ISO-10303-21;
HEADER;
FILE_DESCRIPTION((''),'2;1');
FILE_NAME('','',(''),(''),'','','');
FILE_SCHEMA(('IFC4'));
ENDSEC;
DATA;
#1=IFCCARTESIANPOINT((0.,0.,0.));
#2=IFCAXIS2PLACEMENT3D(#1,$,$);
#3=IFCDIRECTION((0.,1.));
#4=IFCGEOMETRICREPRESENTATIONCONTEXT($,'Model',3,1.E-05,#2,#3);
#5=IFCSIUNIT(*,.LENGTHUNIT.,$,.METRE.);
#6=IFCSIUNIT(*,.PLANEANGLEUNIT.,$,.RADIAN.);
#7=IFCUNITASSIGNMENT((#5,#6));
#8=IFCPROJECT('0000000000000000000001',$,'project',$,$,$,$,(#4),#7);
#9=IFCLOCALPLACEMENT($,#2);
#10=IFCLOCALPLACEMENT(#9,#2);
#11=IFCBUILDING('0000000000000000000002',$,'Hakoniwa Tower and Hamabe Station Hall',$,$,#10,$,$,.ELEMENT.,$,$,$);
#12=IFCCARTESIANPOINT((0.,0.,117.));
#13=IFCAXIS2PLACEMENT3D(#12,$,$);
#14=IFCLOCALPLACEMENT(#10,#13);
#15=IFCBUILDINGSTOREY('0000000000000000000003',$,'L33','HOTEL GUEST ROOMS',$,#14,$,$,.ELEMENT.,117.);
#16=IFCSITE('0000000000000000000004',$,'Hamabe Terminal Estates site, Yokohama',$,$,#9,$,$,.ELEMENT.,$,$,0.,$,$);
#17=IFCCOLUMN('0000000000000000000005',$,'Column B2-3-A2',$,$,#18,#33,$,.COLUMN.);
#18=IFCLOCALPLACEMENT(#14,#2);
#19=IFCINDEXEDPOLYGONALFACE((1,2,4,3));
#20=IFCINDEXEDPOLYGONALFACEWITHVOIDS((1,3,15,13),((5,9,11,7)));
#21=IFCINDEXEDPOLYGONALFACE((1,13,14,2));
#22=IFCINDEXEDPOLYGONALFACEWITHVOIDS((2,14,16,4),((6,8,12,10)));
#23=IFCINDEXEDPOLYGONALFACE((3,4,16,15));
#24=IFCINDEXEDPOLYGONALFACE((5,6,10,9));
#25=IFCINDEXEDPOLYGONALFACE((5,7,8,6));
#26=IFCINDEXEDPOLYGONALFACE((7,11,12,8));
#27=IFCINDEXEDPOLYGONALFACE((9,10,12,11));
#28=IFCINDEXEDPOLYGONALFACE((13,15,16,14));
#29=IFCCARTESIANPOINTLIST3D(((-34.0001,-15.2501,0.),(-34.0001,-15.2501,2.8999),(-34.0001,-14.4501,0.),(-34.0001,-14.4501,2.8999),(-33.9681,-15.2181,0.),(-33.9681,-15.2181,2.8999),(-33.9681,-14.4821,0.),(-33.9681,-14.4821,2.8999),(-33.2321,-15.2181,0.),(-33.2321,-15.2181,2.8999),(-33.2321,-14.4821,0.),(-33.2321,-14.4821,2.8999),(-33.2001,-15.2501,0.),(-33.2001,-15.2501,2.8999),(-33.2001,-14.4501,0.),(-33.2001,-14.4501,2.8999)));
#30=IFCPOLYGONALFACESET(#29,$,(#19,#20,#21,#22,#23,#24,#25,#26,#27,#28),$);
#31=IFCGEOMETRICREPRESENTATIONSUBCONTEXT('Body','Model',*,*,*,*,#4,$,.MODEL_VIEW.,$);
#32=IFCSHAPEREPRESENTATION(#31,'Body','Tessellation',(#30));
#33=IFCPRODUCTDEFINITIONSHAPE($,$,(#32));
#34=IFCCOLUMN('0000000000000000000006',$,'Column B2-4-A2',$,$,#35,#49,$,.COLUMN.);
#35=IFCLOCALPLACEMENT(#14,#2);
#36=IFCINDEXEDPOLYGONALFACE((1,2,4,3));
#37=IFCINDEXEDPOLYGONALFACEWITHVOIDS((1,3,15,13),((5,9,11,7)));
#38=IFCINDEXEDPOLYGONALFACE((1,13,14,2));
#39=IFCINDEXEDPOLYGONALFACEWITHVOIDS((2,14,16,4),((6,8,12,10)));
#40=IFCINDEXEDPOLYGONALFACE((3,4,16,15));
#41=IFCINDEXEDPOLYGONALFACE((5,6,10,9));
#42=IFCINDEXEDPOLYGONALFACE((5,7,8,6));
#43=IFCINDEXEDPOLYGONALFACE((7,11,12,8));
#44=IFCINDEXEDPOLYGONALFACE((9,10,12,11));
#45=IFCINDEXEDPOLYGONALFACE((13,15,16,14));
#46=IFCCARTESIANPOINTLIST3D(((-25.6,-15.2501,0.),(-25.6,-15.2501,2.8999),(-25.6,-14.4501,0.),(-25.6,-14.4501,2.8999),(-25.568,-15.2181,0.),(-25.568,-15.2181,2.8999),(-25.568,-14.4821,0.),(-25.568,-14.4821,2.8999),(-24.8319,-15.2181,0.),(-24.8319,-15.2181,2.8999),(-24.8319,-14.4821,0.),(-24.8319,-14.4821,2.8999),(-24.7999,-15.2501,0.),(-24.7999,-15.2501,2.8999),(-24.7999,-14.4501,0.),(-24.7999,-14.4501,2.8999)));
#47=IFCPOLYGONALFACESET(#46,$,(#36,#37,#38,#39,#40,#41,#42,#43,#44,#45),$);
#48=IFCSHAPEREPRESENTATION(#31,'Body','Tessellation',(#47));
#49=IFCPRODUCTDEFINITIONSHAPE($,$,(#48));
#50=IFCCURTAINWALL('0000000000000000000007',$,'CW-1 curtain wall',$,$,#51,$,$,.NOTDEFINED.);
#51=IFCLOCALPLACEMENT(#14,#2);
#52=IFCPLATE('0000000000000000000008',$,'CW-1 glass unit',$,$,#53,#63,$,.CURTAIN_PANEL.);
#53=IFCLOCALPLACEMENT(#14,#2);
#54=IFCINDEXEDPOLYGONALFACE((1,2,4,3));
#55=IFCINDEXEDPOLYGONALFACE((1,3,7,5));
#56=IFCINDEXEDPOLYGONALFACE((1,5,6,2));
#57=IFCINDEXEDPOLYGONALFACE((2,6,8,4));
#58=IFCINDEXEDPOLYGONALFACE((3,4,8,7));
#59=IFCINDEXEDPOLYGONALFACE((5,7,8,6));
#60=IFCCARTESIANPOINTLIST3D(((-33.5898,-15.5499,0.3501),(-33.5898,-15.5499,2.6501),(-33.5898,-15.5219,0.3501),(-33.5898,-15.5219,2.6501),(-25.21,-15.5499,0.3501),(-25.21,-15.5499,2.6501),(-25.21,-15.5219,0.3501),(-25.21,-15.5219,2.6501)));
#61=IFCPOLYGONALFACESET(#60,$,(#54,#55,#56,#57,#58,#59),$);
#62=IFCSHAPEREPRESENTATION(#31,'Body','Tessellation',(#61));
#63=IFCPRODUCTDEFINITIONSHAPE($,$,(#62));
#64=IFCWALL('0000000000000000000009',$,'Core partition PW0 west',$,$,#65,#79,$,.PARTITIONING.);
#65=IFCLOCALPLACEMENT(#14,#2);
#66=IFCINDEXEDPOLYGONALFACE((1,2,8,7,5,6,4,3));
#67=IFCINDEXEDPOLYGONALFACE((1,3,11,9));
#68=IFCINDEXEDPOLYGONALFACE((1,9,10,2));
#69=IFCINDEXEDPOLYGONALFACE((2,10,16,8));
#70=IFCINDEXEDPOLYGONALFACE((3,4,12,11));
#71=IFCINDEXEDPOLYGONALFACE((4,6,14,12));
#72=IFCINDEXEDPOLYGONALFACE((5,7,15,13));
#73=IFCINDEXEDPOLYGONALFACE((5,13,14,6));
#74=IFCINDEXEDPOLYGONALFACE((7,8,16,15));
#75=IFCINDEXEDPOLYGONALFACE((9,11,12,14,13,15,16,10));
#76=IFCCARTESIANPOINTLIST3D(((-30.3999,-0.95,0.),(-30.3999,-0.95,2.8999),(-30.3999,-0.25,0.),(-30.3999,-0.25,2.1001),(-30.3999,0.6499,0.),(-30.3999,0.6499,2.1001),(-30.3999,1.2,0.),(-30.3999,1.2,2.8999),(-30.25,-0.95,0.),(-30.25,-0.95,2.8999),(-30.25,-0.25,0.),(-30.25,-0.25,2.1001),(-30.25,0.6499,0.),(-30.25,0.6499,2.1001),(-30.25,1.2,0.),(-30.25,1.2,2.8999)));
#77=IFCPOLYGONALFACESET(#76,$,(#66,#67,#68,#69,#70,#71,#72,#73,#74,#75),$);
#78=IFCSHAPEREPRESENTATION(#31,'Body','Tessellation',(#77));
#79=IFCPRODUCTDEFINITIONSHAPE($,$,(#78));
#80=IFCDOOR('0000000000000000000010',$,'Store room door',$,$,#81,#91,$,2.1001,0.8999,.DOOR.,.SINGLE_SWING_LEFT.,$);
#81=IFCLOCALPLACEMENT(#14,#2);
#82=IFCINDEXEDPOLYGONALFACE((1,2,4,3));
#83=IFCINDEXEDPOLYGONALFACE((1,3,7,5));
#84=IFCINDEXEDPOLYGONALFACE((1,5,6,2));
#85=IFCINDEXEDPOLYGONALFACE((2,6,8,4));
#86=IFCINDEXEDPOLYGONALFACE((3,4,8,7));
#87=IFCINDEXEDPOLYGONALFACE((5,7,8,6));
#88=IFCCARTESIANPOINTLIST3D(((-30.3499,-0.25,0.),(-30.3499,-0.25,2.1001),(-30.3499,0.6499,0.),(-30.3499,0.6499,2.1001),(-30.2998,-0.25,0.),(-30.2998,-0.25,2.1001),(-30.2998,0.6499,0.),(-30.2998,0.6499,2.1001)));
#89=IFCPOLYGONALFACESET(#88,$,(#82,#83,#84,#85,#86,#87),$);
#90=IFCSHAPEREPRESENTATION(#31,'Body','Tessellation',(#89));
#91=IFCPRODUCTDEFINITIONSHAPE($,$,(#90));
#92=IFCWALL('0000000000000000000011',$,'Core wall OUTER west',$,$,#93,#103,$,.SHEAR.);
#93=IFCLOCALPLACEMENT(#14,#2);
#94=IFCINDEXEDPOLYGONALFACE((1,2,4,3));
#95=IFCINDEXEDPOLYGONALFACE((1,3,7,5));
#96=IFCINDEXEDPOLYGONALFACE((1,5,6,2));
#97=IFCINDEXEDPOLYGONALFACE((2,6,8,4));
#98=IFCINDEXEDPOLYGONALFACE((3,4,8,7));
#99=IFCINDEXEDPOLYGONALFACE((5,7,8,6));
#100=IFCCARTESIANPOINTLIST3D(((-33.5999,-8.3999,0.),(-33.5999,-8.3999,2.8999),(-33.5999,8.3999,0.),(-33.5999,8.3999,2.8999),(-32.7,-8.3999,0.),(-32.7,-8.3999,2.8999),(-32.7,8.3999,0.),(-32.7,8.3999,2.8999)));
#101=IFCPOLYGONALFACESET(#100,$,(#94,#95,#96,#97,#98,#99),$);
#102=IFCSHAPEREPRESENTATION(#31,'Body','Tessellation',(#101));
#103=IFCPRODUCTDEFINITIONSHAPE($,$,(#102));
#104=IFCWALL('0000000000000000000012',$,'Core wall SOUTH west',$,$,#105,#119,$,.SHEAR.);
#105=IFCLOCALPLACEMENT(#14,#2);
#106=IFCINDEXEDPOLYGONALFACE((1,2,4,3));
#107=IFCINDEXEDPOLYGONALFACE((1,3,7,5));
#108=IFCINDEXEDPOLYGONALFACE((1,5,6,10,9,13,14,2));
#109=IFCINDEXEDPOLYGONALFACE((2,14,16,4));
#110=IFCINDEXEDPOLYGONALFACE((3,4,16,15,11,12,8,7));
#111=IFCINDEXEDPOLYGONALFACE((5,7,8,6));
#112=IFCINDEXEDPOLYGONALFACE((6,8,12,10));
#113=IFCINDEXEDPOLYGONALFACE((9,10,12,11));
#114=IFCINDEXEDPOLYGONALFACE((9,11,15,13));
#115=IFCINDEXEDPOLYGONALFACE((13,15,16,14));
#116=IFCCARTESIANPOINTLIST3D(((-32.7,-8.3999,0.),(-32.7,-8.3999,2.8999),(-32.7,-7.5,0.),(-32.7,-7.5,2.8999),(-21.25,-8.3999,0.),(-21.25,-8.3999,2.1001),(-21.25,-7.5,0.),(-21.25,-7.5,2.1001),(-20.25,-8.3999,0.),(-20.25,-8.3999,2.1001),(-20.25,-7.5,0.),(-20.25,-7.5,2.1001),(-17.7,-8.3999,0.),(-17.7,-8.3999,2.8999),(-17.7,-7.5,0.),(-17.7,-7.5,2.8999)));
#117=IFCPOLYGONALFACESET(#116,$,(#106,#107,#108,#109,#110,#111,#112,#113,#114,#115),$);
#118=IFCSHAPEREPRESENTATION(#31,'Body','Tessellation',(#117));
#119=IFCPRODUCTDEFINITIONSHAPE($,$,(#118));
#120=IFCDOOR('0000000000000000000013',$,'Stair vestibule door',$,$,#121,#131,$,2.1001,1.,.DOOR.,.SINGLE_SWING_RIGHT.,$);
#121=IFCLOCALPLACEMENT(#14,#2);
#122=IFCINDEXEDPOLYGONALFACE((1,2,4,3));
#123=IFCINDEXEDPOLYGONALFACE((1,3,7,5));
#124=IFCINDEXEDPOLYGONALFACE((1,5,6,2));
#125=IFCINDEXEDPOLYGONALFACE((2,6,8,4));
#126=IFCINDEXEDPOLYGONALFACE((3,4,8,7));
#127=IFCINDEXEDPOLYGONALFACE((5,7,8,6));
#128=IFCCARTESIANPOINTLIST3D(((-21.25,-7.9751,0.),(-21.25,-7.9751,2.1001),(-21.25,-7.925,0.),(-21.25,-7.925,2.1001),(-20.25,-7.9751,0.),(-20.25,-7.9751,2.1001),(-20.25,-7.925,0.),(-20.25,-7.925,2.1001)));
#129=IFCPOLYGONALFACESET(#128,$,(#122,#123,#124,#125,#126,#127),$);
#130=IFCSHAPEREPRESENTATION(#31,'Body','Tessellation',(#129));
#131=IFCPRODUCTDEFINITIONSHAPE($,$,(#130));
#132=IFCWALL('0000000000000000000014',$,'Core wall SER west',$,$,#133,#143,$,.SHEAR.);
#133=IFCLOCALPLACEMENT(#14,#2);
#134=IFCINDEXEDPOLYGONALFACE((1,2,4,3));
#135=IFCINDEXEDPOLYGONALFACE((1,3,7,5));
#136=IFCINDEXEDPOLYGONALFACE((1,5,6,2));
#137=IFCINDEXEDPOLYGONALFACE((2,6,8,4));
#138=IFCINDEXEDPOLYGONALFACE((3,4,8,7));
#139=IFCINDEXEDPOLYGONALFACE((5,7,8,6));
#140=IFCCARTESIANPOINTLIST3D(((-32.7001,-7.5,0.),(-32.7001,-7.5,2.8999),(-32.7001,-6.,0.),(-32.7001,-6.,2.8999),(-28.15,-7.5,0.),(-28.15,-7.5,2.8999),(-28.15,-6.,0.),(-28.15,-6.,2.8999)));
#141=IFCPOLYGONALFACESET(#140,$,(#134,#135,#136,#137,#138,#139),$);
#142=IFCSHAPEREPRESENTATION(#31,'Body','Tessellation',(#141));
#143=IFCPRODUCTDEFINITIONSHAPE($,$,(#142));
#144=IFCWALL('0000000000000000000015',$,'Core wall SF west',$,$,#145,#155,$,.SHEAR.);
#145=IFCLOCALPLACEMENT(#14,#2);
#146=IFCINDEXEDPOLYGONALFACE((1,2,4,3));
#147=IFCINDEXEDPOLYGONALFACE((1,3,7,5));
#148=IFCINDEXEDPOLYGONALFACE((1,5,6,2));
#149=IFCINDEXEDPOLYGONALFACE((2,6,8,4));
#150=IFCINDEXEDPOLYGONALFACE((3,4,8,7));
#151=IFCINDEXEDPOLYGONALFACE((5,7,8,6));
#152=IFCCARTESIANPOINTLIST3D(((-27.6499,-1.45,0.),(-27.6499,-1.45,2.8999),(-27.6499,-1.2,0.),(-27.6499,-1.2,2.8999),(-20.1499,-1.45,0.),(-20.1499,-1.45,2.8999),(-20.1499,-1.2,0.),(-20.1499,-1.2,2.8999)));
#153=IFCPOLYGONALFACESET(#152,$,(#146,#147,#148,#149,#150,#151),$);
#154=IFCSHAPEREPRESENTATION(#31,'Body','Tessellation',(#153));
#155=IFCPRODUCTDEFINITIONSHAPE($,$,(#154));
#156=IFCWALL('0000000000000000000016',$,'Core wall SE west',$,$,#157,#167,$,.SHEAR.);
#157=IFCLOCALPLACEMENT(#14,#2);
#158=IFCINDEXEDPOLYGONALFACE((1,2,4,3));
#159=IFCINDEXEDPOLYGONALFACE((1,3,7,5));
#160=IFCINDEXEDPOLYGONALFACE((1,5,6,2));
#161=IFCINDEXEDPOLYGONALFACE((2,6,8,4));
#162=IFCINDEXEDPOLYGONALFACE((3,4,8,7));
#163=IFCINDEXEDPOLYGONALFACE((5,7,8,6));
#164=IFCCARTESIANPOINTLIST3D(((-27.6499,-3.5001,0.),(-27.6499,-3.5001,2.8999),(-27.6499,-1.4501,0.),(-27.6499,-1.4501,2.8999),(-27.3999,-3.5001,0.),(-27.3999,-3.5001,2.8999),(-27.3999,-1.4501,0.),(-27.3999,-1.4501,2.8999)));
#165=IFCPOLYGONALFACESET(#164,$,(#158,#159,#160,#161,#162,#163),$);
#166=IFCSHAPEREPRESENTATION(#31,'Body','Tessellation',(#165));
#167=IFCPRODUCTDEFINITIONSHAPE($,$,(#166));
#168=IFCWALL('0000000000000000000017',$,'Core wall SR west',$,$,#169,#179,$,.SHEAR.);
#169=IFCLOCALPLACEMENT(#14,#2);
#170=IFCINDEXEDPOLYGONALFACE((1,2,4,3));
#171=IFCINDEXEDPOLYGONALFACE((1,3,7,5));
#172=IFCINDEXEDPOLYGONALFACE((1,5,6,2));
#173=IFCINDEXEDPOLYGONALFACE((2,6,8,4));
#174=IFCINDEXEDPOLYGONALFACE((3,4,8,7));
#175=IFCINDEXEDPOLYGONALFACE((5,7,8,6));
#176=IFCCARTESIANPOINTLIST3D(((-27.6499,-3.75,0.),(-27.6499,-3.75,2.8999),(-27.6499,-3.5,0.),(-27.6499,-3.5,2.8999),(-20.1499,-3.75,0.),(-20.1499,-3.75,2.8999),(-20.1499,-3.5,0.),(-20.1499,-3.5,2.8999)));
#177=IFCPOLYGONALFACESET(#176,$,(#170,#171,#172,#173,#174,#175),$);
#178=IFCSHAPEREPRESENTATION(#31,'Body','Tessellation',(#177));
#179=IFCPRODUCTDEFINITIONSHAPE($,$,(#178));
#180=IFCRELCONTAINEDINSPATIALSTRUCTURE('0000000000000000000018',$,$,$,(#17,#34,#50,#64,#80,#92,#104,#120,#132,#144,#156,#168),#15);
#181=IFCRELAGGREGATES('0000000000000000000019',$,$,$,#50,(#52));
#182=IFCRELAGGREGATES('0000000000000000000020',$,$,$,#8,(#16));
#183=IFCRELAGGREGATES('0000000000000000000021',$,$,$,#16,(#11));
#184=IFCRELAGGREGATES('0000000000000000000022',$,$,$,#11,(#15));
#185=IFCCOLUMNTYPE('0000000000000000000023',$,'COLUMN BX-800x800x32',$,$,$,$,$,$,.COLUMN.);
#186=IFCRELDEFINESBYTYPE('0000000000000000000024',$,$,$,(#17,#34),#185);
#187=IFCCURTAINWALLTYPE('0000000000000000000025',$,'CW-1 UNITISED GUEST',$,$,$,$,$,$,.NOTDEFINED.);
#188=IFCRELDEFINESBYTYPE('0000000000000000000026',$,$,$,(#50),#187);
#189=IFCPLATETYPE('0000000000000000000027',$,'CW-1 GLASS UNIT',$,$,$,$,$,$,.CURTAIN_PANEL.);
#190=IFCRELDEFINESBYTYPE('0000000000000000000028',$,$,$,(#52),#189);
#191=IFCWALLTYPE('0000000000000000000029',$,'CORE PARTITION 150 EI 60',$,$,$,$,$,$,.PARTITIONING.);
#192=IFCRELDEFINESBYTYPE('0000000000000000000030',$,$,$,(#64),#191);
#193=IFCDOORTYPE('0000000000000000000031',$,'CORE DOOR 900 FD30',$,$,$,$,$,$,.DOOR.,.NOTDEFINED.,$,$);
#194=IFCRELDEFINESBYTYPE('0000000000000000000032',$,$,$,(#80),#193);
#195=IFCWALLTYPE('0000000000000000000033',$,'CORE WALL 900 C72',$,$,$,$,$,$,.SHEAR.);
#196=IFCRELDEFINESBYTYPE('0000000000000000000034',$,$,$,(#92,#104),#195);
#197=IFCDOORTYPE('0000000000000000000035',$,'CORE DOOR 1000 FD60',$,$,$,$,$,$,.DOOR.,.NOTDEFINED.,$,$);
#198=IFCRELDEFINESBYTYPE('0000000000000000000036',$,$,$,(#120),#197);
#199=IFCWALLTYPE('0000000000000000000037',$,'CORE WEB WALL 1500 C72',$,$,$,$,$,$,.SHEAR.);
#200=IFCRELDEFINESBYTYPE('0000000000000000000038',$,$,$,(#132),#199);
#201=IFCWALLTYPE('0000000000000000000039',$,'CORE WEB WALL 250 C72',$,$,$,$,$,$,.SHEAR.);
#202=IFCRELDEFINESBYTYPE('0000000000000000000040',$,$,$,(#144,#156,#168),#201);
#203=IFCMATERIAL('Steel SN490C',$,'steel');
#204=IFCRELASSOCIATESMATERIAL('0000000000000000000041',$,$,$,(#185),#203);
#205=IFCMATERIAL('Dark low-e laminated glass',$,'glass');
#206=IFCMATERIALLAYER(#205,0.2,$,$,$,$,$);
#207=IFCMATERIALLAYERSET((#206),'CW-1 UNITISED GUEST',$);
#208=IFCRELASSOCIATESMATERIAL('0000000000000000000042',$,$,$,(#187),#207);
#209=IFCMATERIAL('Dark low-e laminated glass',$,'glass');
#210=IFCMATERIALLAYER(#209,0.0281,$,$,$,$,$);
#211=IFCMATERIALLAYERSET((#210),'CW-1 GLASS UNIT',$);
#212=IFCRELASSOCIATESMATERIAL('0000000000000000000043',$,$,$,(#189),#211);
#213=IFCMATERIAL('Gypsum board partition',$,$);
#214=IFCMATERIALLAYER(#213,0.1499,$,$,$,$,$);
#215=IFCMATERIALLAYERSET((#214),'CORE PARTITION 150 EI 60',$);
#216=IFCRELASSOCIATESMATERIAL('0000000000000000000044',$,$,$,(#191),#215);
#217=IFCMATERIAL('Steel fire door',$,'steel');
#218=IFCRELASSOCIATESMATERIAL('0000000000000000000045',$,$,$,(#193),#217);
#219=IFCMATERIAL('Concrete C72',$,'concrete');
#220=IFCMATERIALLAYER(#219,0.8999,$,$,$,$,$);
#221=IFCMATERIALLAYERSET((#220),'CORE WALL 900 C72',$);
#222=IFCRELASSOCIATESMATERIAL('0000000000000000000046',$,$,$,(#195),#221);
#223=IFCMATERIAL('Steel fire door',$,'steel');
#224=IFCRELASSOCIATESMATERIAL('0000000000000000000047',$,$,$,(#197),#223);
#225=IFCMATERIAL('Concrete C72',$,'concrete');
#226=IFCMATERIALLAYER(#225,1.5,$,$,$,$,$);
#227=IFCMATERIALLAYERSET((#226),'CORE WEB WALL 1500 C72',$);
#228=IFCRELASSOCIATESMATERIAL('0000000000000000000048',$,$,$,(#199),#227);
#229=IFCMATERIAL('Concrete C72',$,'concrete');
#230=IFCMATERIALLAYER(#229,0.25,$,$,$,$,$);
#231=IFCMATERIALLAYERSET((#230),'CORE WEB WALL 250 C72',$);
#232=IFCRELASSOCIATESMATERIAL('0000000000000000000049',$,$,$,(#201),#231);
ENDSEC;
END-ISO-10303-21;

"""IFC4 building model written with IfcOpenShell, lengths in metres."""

from ifc_helpers import new_model, si_unit, direction, frame, frame_2d, origin, origin_2d, place, context, subcontext, project, spatial, rectangle, hollow_rectangle, extrude, material, layer, layer_set, material_profile, profile_set, type_object, element, fill, aggregate, save


model = new_model("IFC4")

# Units and contexts
model_context = context("Model", 3, precision=1e-05, world=origin(), true_north=direction((0.0, 1.0)))
body_context = subcontext(model_context, "Body", "Model", "MODEL_VIEW")
ifc_project = project(units=[si_unit("LENGTHUNIT", "METRE"), si_unit("PLANEANGLEUNIT", "RADIAN")], contexts=[model_context])

# Site, building, storey
site_placement = place(None, origin())
site = spatial("IfcSite", under=ifc_project, at=site_placement, Name="Hamabe Terminal Estates site, Yokohama", CompositionType="ELEMENT", RefElevation=0.0)
building_placement = place(site_placement, origin())
building = spatial("IfcBuilding", under=site, at=building_placement, Name="Hakoniwa Tower and Hamabe Station Hall", CompositionType="ELEMENT")
storey_placement = place(building_placement, frame((0.0, 0.0, 117.0)))
storey = spatial("IfcBuildingStorey", under=building, at=storey_placement, Name="L33", Description="HOTEL GUEST ROOMS", CompositionType="ELEMENT", Elevation=117.0)

# Columns
ifc_material_1 = material(Name="Steel SN490C", Category="steel")
ifc_material_profile = material_profile(ifc_material_1, hollow_rectangle(XDim=0.8, YDim=0.8, WallThickness=0.032, at=origin_2d()), Name="BX-800x800x32")
ifc_profile_set = profile_set([ifc_material_profile], Name="Steel SN490C")
column_type = type_object("IfcColumnType", Name="COLUMN BX-800x800x32", PredefinedType="COLUMN", material=ifc_profile_set)
for number, where, z_axis, x_axis, name in (
    (1, (-33.6001, -14.8501, 0.0), (0.0, 0.0, 1.0), (1.0, 0.0, 0.0), "Column B2-3-A2"),
    (2, (-25.2, -14.8501, 0.0), (0.0, 0.0, 1.0), (1.0, 0.0, 0.0), "Column B2-4-A2"),
):
    element("IfcColumn", number, at=place(storey_placement, frame(where, z_axis=z_axis, x_axis=x_axis)), inside=storey, type_object=column_type, Name=name, PredefinedType="COLUMN", context=body_context, shape_type="SweptSolid", body=[
        extrude(hollow_rectangle(XDim=0.8, YDim=0.8, WallThickness=0.032, at=origin_2d()), origin(), (0.0, 0.0, 1.0), 2.8999),
    ])

# Curtain wall, plate
ifc_material_2 = material(Name="Dark low-e laminated glass", Category="glass")
ifc_layer_1 = layer(ifc_material_2, 0.2)
ifc_layer_set_1 = layer_set([ifc_layer_1], Name="CW-1 UNITISED GUEST")
curtain_wall_type = type_object("IfcCurtainWallType", Name="CW-1 UNITISED GUEST", PredefinedType="NOTDEFINED", material=ifc_layer_set_1)
curtain_wall_placement = place(storey_placement, origin())
curtain_wall = element("IfcCurtainWall", 3, at=curtain_wall_placement, inside=storey, type_object=curtain_wall_type, Name="CW-1 curtain wall", PredefinedType="NOTDEFINED")
ifc_material_3 = material(Name="Dark low-e laminated glass", Category="glass")
ifc_layer_2 = layer(ifc_material_3, 0.0281)
ifc_layer_set_2 = layer_set([ifc_layer_2], Name="CW-1 GLASS UNIT")
plate_type = type_object("IfcPlateType", Name="CW-1 GLASS UNIT", PredefinedType="CURTAIN_PANEL", material=ifc_layer_set_2)
plate_placement = place(storey_placement, frame((-29.3999, -15.5359, 0.3501), z_axis=(0.0, 0.0, 1.0), x_axis=(1.0, 0.0, 0.0)))
plate = element("IfcPlate", 4, at=plate_placement, type_object=plate_type, Name="CW-1 glass unit", PredefinedType="CURTAIN_PANEL", context=body_context, shape_type="SweptSolid", body=[
    extrude(rectangle(XDim=8.3799, YDim=0.0281, at=origin_2d()), origin(), (0.0, 0.0, 1.0), 2.3),
])
aggregate(curtain_wall, [plate])

# Wall, opening, door
ifc_material_4 = material(Name="Gypsum board partition")
ifc_layer_3 = layer(ifc_material_4, 0.1499)
ifc_layer_set_3 = layer_set([ifc_layer_3], Name="CORE PARTITION 150 EI 60")
wall_type_1 = type_object("IfcWallType", Name="CORE PARTITION 150 EI 60", PredefinedType="PARTITIONING", material=ifc_layer_set_3)
wall_1_placement = place(storey_placement, frame((-30.325, -0.95, 0.0), z_axis=(0.0, 0.0, 1.0), x_axis=(0.0, 1.0, 0.0)))
wall_1 = element("IfcWall", 5, at=wall_1_placement, inside=storey, type_object=wall_type_1, Name="Core partition PW0 west", PredefinedType="PARTITIONING", context=body_context, shape_type="SweptSolid", body=[
    extrude(rectangle(XDim=2.1499, YDim=0.1499, at=frame_2d((1.075, 0.0))), origin(), (0.0, 0.0, 1.0), 2.8999),
])
opening_1_placement = place(wall_1_placement, frame((0.7, 0.0, 0.0)))
opening_1 = element("IfcOpeningElement", 6, at=opening_1_placement, cuts=wall_1, PredefinedType="OPENING", context=body_context, shape_type="SweptSolid", body=[
    extrude(rectangle(XDim=0.8999, YDim=2.1001, at=frame_2d((0.45, 1.05))), frame((0.0, 0.085, 0.0), z_axis=(0.0, -1.0, 0.0), x_axis=(1.0, 0.0, 0.0)), (0.0, 0.0, 1.0), 0.1699),
])
ifc_material_5 = material(Name="Steel fire door", Category="steel")
door_type_1 = type_object("IfcDoorType", Name="CORE DOOR 900 FD30", OperationType="NOTDEFINED", PredefinedType="DOOR", material=ifc_material_5)
door_1_placement = place(opening_1_placement, origin())
door_1 = element("IfcDoor", 7, at=door_1_placement, inside=storey, type_object=door_type_1, Name="Store room door", OperationType="SINGLE_SWING_LEFT", OverallHeight=2.1001, OverallWidth=0.8999, PredefinedType="DOOR", context=body_context, shape_type="SweptSolid", body=[
    extrude(rectangle(XDim=0.8999, YDim=2.1001, at=frame_2d((0.45, 1.05))), frame((0.0, 0.0249, 0.0), z_axis=(0.0, -1.0, 0.0), x_axis=(1.0, 0.0, 0.0)), (0.0, 0.0, 1.0), 0.05),
])
fill(opening_1, door_1)

# Wall
ifc_material_6 = material(Name="Concrete C72", Category="concrete")
ifc_layer_4 = layer(ifc_material_6, 0.8999)
ifc_layer_set_4 = layer_set([ifc_layer_4], Name="CORE WALL 900 C72")
wall_type_2 = type_object("IfcWallType", Name="CORE WALL 900 C72", PredefinedType="SHEAR", material=ifc_layer_set_4)
wall_2_placement = place(storey_placement, frame((-33.1499, -8.3999, 0.0), z_axis=(0.0, 0.0, 1.0), x_axis=(0.0, 1.0, 0.0)))
element("IfcWall", 8, at=wall_2_placement, inside=storey, type_object=wall_type_2, Name="Core wall OUTER west", PredefinedType="SHEAR", context=body_context, shape_type="SweptSolid", body=[
    extrude(rectangle(XDim=16.7998, YDim=0.8999, at=frame_2d((8.3999, 0.0))), origin(), (0.0, 0.0, 1.0), 2.8999),
])

# Wall, opening, door
wall_3_placement = place(storey_placement, frame((-32.7, -7.95, 0.0), z_axis=(0.0, 0.0, 1.0), x_axis=(1.0, 0.0, 0.0)))
wall_3 = element("IfcWall", 9, at=wall_3_placement, inside=storey, type_object=wall_type_2, Name="Core wall SOUTH west", PredefinedType="SHEAR", context=body_context, shape_type="SweptSolid", body=[
    extrude(rectangle(XDim=15.0, YDim=0.8999, at=frame_2d((7.5, 0.0))), origin(), (0.0, 0.0, 1.0), 2.8999),
])
opening_2_placement = place(wall_3_placement, frame((11.45, 0.0, 0.0)))
opening_2 = element("IfcOpeningElement", 10, at=opening_2_placement, cuts=wall_3, PredefinedType="OPENING", context=body_context, shape_type="SweptSolid", body=[
    extrude(rectangle(XDim=1.0, YDim=2.1001, at=frame_2d((0.5, 1.05))), frame((0.0, 0.46, 0.0), z_axis=(0.0, -1.0, 0.0), x_axis=(1.0, 0.0, 0.0)), (0.0, 0.0, 1.0), 0.9199),
])
ifc_material_7 = material(Name="Steel fire door", Category="steel")
door_type_2 = type_object("IfcDoorType", Name="CORE DOOR 1000 FD60", OperationType="NOTDEFINED", PredefinedType="DOOR", material=ifc_material_7)
door_2_placement = place(opening_2_placement, origin())
door_2 = element("IfcDoor", 11, at=door_2_placement, inside=storey, type_object=door_type_2, Name="Stair vestibule door", OperationType="SINGLE_SWING_RIGHT", OverallHeight=2.1001, OverallWidth=1.0, PredefinedType="DOOR", context=body_context, shape_type="SweptSolid", body=[
    extrude(rectangle(XDim=1.0, YDim=2.1001, at=frame_2d((0.5, 1.05))), frame((0.0, 0.0249, 0.0), z_axis=(0.0, -1.0, 0.0), x_axis=(1.0, 0.0, 0.0)), (0.0, 0.0, 1.0), 0.05),
])
fill(opening_2, door_2)

# Walls
ifc_material_8 = material(Name="Concrete C72", Category="concrete")
ifc_layer_5 = layer(ifc_material_8, 1.5)
ifc_layer_set_5 = layer_set([ifc_layer_5], Name="CORE WEB WALL 1500 C72")
wall_type_3 = type_object("IfcWallType", Name="CORE WEB WALL 1500 C72", PredefinedType="SHEAR", material=ifc_layer_set_5)
wall_4_placement = place(storey_placement, frame((-32.7, -6.75, 0.0), z_axis=(0.0, 0.0, 1.0), x_axis=(1.0, 0.0, 0.0)))
element("IfcWall", 12, at=wall_4_placement, inside=storey, type_object=wall_type_3, Name="Core wall SER west", PredefinedType="SHEAR", context=body_context, shape_type="SweptSolid", body=[
    extrude(rectangle(XDim=4.55, YDim=1.5, at=frame_2d((2.2749, 0.0))), origin(), (0.0, 0.0, 1.0), 2.8999),
])
ifc_material_9 = material(Name="Concrete C72", Category="concrete")
ifc_layer_6 = layer(ifc_material_9, 0.25)
ifc_layer_set_6 = layer_set([ifc_layer_6], Name="CORE WEB WALL 250 C72")
wall_type_4 = type_object("IfcWallType", Name="CORE WEB WALL 250 C72", PredefinedType="SHEAR", material=ifc_layer_set_6)
wall_5_placement = place(storey_placement, frame((-27.6499, -1.325, 0.0), z_axis=(0.0, 0.0, 1.0), x_axis=(1.0, 0.0, 0.0)))
element("IfcWall", 13, at=wall_5_placement, inside=storey, type_object=wall_type_4, Name="Core wall SF west", PredefinedType="SHEAR", context=body_context, shape_type="SweptSolid", body=[
    extrude(rectangle(XDim=7.5, YDim=0.25, at=frame_2d((3.75, 0.0))), origin(), (0.0, 0.0, 1.0), 2.8999),
])
wall_6_placement = place(storey_placement, frame((-27.5249, -3.5, 0.0), z_axis=(0.0, 0.0, 1.0), x_axis=(0.0, 1.0, 0.0)))
element("IfcWall", 14, at=wall_6_placement, inside=storey, type_object=wall_type_4, Name="Core wall SE west", PredefinedType="SHEAR", context=body_context, shape_type="SweptSolid", body=[
    extrude(rectangle(XDim=2.05, YDim=0.25, at=frame_2d((1.0249, 0.0))), origin(), (0.0, 0.0, 1.0), 2.8999),
])
wall_7_placement = place(storey_placement, frame((-27.6499, -3.625, 0.0), z_axis=(0.0, 0.0, 1.0), x_axis=(1.0, 0.0, 0.0)))
element("IfcWall", 15, at=wall_7_placement, inside=storey, type_object=wall_type_4, Name="Core wall SR west", PredefinedType="SHEAR", context=body_context, shape_type="SweptSolid", body=[
    extrude(rectangle(XDim=7.5, YDim=0.25, at=frame_2d((3.75, 0.0))), origin(), (0.0, 0.0, 1.0), 2.8999),
])

save(model, "model.ifc")
